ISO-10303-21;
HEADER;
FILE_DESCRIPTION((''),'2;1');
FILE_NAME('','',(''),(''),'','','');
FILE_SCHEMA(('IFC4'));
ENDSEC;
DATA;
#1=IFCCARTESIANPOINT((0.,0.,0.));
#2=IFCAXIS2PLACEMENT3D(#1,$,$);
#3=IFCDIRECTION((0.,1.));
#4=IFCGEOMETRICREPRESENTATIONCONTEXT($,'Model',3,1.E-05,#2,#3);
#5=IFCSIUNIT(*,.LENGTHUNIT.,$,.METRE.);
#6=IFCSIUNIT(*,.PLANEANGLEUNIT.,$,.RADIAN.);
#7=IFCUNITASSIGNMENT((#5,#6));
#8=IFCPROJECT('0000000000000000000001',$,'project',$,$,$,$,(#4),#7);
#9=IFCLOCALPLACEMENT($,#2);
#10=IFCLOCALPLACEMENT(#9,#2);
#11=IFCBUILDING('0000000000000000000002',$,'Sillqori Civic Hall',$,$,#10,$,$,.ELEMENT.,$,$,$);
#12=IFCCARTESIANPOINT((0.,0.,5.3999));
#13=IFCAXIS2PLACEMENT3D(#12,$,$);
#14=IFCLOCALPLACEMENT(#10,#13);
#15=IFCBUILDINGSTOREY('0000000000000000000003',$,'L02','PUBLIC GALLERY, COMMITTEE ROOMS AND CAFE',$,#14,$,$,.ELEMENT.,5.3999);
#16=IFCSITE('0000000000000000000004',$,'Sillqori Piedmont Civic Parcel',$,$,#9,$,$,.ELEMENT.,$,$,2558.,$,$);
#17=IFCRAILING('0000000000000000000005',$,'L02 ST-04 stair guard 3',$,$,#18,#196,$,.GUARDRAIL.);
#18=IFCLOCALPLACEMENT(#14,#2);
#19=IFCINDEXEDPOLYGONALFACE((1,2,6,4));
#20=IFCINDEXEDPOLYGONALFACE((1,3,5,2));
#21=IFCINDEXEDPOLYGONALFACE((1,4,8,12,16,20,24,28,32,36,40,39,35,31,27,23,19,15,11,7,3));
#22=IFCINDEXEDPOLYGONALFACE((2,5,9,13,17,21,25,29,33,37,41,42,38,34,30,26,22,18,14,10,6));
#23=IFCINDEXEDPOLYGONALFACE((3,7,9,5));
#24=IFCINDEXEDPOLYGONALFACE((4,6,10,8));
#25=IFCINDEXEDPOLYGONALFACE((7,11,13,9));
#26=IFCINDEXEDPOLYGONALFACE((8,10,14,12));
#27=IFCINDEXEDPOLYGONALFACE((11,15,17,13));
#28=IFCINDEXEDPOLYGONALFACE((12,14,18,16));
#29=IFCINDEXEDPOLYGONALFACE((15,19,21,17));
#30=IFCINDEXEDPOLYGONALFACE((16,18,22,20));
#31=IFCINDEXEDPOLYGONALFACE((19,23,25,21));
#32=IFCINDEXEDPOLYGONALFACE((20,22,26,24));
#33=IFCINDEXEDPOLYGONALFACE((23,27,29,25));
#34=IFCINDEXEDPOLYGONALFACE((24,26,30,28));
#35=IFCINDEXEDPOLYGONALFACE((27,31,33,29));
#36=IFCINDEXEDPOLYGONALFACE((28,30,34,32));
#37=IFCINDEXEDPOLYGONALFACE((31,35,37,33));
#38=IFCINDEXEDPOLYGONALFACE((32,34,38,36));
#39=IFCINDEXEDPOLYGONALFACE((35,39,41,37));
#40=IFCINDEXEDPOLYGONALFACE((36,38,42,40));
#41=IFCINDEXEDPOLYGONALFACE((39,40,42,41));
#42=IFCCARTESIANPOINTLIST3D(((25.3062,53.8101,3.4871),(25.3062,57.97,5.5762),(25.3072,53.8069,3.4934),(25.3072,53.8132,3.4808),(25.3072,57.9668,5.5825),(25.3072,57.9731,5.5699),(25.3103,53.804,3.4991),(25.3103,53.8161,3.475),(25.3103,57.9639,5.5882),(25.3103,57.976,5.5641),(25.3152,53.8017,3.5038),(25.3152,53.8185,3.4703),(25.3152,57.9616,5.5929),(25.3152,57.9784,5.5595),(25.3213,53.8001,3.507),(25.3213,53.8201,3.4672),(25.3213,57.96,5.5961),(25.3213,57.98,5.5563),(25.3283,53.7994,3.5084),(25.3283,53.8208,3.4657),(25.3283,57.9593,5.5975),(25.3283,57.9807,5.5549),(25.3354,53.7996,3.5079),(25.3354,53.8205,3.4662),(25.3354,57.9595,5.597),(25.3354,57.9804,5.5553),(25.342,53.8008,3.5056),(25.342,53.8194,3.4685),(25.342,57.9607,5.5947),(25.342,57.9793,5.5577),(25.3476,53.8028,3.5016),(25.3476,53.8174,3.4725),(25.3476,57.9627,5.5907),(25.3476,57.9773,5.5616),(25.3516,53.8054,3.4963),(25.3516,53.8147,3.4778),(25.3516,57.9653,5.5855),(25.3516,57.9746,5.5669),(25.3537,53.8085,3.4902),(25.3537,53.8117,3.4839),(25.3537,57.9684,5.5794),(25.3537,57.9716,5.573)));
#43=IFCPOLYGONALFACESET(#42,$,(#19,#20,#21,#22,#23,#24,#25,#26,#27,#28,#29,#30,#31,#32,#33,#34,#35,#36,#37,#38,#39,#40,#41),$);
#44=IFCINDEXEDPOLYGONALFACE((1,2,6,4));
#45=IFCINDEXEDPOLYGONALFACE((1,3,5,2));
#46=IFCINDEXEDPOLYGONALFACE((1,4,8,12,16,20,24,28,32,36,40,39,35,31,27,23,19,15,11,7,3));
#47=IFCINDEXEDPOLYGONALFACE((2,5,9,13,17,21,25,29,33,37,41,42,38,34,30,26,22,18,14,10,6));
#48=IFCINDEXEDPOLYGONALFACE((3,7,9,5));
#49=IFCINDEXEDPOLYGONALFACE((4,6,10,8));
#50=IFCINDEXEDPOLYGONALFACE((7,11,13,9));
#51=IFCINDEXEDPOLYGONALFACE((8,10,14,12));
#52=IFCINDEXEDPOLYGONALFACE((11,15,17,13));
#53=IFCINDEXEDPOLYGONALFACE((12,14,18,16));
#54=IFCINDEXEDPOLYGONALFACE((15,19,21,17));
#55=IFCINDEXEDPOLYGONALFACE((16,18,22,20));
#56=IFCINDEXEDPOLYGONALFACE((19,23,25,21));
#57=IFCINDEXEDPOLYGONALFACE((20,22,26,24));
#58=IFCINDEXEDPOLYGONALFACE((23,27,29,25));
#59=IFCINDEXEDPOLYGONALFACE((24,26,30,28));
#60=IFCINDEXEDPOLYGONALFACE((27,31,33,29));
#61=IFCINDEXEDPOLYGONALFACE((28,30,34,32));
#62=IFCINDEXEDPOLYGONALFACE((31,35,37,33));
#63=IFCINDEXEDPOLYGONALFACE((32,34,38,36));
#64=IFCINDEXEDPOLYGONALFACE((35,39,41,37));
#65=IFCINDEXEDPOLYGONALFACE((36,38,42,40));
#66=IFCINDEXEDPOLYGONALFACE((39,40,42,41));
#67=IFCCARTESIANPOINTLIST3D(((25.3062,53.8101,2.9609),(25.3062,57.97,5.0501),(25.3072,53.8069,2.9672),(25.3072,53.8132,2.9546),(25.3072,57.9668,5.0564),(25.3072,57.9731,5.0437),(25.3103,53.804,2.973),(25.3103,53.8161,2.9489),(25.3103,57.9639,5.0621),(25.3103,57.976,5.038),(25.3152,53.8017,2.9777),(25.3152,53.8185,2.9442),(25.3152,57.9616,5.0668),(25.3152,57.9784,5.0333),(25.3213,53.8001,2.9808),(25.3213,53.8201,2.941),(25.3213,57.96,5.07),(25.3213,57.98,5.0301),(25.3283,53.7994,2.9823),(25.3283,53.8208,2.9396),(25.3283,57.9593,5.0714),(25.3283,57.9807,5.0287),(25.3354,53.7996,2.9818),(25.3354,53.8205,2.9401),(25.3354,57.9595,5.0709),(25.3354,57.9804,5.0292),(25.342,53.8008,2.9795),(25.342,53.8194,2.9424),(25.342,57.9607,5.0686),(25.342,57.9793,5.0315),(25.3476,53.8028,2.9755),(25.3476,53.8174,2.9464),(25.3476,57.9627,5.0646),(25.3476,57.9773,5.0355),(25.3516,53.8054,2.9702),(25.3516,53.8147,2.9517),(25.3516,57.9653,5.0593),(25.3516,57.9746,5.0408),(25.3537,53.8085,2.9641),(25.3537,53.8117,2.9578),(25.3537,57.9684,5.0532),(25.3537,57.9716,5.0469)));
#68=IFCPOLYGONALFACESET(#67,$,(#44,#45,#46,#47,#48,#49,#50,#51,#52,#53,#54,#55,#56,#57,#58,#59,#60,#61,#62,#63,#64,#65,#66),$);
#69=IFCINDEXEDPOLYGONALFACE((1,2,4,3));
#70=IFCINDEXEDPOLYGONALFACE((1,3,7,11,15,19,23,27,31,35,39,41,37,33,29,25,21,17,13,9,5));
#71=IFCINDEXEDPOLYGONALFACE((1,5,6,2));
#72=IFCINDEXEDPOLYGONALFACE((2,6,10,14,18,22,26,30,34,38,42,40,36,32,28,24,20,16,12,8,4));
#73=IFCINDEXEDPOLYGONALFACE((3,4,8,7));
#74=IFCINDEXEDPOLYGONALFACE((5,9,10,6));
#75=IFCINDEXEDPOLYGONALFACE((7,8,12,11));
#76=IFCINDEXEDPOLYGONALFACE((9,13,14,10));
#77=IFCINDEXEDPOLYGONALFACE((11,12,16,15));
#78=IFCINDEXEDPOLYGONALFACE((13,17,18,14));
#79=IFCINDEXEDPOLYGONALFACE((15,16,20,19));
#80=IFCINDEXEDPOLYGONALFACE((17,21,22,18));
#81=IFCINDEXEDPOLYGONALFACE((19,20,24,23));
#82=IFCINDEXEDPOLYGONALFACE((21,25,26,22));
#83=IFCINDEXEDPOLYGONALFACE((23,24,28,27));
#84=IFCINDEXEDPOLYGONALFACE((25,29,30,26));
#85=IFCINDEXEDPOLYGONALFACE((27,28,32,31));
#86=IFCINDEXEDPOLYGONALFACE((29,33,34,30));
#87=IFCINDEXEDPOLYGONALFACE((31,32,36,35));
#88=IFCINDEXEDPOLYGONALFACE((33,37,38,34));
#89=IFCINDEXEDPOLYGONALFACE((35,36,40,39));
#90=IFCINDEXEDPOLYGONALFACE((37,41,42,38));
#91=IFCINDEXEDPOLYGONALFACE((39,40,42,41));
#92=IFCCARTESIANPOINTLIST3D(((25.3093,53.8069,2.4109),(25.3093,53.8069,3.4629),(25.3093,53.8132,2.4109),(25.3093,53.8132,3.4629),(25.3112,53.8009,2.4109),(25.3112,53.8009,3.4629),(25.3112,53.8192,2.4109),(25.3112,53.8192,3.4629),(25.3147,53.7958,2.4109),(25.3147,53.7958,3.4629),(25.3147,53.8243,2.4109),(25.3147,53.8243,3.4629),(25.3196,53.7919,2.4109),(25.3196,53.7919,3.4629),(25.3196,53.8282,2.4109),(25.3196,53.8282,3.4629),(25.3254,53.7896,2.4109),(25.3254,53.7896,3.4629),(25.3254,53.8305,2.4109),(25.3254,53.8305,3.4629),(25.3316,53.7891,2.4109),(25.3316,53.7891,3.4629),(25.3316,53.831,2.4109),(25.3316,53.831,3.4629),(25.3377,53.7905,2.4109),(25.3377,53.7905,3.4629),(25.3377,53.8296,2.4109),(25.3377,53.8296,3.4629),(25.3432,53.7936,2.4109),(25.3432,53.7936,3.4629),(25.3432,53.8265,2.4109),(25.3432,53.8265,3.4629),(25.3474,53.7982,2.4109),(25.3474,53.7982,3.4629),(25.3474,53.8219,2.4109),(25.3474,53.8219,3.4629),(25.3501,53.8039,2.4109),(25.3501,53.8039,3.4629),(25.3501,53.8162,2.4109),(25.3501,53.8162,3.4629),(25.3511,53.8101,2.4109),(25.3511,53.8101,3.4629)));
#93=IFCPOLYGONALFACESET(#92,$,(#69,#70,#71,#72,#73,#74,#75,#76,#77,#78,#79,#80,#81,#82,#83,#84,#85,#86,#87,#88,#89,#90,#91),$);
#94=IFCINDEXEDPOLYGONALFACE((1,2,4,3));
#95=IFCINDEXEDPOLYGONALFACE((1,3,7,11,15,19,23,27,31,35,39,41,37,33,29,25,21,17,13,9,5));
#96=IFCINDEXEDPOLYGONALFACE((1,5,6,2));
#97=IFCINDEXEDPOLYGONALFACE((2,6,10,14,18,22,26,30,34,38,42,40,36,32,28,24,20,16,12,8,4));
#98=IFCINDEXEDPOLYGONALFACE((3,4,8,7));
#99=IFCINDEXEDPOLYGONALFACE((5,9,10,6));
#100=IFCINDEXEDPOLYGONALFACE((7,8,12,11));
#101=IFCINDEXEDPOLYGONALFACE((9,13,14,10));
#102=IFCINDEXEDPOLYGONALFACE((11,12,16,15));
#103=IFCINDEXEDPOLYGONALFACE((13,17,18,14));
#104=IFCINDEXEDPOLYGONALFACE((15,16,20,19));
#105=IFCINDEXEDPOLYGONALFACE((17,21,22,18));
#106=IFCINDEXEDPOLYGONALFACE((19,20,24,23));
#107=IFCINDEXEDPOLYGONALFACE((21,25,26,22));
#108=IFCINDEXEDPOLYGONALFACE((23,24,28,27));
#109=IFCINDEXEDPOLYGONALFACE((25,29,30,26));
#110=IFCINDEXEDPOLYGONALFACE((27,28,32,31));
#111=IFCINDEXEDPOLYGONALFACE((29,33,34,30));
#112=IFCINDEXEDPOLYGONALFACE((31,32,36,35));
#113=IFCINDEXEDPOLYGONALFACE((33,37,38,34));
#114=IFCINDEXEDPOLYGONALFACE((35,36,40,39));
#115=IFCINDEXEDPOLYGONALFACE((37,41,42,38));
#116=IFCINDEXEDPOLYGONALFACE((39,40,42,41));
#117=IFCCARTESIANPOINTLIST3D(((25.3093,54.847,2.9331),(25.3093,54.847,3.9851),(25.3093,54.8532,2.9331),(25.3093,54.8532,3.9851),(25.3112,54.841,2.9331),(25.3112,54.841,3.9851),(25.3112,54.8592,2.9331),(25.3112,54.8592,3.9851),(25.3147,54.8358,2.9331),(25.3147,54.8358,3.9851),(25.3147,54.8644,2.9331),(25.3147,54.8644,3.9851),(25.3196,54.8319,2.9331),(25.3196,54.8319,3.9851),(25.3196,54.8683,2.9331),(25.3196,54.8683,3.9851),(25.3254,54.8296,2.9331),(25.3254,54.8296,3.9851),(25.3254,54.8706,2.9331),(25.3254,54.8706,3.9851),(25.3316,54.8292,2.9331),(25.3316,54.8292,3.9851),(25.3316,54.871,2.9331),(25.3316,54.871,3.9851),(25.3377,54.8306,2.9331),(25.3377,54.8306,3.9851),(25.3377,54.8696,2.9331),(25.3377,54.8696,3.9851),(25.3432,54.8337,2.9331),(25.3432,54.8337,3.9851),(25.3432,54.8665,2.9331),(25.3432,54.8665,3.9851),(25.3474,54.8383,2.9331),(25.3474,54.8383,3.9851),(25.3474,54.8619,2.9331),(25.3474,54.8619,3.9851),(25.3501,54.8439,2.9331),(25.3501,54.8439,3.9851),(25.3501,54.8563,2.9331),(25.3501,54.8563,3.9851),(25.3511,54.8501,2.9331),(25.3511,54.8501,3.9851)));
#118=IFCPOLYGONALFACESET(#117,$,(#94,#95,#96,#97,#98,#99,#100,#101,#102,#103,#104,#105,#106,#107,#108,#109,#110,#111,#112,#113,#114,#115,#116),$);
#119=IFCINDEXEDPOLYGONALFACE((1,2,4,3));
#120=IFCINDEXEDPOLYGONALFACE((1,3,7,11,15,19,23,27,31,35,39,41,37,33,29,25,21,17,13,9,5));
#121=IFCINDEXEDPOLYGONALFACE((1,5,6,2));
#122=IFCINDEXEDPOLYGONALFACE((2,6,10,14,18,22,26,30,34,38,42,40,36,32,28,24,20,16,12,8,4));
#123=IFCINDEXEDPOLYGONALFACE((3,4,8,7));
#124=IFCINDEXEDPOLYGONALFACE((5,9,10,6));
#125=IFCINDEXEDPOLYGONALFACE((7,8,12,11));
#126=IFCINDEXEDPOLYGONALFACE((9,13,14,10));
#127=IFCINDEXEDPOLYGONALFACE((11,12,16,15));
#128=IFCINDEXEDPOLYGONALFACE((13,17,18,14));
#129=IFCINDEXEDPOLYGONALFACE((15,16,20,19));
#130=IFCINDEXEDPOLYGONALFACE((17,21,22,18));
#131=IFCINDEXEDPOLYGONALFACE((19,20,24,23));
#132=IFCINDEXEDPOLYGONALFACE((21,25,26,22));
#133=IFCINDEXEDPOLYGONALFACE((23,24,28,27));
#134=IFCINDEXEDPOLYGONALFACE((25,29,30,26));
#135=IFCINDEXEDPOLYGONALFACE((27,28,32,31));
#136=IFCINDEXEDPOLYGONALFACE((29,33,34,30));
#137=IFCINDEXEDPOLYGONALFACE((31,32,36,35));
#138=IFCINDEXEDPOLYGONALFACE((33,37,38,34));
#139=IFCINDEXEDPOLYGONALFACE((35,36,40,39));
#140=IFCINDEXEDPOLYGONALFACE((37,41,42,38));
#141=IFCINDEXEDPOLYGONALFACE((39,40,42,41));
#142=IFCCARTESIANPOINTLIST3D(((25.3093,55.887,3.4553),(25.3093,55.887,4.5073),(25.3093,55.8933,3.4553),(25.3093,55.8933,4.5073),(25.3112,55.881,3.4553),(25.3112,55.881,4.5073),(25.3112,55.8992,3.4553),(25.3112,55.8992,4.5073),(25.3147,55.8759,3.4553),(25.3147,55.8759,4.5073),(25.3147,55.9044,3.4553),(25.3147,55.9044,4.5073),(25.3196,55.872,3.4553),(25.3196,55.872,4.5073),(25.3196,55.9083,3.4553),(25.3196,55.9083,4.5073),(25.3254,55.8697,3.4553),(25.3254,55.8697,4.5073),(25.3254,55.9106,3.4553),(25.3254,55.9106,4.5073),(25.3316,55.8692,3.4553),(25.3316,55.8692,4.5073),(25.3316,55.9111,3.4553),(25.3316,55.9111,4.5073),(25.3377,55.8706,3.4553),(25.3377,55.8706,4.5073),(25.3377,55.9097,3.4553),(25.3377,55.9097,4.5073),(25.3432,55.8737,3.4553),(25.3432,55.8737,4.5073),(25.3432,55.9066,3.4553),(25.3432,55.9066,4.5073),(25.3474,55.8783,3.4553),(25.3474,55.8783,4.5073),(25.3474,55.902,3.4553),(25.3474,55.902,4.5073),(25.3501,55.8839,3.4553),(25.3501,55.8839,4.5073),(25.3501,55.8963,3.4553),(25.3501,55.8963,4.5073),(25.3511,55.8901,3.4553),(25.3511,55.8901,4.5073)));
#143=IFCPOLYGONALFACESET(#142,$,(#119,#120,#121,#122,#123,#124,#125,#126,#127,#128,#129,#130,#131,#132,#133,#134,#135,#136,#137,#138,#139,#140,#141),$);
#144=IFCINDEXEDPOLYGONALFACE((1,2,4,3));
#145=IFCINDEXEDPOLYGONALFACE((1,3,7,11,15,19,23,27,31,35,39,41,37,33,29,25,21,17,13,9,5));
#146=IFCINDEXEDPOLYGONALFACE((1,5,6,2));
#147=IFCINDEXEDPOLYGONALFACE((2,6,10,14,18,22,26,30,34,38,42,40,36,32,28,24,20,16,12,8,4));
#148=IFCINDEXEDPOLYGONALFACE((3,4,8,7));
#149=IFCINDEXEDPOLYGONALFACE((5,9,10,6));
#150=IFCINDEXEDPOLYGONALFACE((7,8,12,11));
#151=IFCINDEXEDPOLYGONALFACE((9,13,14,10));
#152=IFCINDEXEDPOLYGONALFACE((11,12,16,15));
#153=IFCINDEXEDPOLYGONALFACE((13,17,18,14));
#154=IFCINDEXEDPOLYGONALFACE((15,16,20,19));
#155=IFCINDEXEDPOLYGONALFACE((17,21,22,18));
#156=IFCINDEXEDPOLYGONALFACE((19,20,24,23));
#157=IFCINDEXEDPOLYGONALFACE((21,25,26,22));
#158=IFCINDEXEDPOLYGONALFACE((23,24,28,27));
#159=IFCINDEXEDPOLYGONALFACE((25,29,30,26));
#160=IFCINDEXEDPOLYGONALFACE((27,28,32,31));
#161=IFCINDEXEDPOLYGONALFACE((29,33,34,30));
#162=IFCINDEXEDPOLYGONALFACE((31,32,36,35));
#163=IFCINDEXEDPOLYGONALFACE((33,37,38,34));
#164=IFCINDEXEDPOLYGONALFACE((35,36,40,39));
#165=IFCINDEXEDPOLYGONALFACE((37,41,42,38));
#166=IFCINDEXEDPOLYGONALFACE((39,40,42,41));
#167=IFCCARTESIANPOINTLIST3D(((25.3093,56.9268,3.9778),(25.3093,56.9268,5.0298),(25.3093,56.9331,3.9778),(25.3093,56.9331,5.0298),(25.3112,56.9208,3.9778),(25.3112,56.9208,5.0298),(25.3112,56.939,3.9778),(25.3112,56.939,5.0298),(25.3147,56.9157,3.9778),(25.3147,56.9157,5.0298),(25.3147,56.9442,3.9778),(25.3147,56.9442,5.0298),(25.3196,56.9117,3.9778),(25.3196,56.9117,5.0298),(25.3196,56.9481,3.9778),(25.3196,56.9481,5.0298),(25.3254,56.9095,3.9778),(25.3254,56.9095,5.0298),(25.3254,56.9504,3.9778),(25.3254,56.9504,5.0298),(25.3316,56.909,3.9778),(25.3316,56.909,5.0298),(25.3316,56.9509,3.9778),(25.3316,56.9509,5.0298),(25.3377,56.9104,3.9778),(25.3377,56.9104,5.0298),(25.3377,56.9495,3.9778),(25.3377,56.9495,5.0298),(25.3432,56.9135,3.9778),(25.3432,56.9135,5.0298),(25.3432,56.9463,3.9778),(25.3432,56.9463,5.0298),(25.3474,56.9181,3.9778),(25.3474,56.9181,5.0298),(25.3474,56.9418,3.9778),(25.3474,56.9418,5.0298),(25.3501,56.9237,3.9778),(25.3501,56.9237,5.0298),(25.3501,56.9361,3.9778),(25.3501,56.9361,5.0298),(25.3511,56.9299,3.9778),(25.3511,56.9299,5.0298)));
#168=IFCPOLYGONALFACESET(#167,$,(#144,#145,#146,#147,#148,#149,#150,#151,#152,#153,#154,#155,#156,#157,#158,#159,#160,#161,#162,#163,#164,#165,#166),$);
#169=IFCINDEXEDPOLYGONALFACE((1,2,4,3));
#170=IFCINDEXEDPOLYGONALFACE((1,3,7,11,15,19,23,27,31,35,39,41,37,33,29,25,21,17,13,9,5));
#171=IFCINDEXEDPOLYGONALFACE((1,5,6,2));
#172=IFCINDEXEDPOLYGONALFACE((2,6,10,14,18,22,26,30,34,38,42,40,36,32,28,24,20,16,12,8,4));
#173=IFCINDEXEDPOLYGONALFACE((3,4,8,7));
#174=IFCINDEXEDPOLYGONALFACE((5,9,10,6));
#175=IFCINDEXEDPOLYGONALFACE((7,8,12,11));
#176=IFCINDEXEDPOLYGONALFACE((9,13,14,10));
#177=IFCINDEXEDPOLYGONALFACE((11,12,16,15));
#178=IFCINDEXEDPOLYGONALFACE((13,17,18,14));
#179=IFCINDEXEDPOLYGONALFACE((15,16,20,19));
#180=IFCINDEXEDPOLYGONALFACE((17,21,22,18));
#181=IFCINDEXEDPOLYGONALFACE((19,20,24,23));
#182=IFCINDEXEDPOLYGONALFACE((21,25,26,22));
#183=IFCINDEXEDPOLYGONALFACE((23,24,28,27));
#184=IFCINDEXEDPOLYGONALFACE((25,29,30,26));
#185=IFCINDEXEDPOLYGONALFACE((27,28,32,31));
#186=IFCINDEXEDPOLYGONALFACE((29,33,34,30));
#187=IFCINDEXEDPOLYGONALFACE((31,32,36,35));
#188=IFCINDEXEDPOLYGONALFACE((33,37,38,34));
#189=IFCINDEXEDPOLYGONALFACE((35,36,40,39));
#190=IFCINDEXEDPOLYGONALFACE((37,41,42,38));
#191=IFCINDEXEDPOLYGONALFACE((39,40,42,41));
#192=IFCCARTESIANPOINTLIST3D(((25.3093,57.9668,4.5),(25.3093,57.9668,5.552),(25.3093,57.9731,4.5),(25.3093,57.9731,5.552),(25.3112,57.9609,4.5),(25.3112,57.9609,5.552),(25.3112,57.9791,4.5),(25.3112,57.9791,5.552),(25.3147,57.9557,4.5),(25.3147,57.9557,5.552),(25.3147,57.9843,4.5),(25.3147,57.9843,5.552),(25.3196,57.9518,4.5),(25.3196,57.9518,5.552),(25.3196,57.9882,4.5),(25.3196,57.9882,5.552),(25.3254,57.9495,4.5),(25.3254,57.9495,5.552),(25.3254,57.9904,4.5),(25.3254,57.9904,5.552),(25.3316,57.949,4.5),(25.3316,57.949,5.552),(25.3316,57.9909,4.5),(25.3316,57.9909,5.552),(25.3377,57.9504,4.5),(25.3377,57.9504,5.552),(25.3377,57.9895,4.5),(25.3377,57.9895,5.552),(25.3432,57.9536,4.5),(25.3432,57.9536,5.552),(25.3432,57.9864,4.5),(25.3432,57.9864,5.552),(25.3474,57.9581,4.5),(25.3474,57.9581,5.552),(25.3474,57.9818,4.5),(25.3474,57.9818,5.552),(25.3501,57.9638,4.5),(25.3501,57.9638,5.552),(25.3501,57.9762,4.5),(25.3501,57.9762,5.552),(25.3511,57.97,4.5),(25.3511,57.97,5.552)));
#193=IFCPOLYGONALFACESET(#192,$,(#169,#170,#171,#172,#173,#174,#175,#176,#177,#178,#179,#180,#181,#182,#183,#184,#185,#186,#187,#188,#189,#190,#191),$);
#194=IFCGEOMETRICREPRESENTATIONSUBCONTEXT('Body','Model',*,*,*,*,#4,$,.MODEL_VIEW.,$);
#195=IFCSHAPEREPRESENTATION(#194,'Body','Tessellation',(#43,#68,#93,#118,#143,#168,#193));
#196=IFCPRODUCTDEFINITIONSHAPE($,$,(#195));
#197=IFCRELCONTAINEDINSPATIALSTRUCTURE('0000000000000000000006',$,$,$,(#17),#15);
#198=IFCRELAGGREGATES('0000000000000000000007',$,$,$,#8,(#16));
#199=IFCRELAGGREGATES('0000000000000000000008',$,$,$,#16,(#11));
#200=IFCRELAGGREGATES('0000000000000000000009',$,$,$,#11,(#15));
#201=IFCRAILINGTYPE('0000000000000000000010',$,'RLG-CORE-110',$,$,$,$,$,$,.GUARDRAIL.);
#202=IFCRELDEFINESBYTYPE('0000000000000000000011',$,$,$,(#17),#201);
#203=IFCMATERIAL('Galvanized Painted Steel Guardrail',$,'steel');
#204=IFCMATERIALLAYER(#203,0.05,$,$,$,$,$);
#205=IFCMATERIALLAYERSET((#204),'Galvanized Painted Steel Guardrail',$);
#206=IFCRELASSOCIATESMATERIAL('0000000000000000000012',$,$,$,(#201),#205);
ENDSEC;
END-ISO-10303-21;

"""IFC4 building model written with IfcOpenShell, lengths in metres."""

from ifc_helpers import new_model, si_unit, direction, frame, origin, origin_2d, place, context, subcontext, project, spatial, circle, extrude, material, layer, layer_set, type_object, element, save


model = new_model("IFC4")

# Units and contexts
model_context = context("Model", 3, precision=1e-05, world=origin(), true_north=direction((0.0, 1.0)))
body_context = subcontext(model_context, "Body", "Model", "MODEL_VIEW")
ifc_project = project(units=[si_unit("LENGTHUNIT", "METRE"), si_unit("PLANEANGLEUNIT", "RADIAN")], contexts=[model_context])

# Site, building, storey
site_placement = place(None, origin())
site = spatial("IfcSite", under=ifc_project, at=site_placement, Name="Sillqori Piedmont Civic Parcel", CompositionType="ELEMENT", RefElevation=2558.0)
building_placement = place(site_placement, origin())
building = spatial("IfcBuilding", under=site, at=building_placement, Name="Sillqori Civic Hall", CompositionType="ELEMENT")
storey_placement = place(building_placement, frame((0.0, 0.0, 5.3999)))
storey = spatial("IfcBuildingStorey", under=building, at=storey_placement, Name="L02", Description="PUBLIC GALLERY, COMMITTEE ROOMS AND CAFE", CompositionType="ELEMENT", Elevation=5.3999)

# Railing
ifc_material_1 = material(Name="Galvanized Painted Steel Guardrail", Category="steel")
ifc_layer_1 = layer(ifc_material_1, 0.05)
ifc_layer_set_1 = layer_set([ifc_layer_1], Name="Galvanized Painted Steel Guardrail")
railing_type = type_object("IfcRailingType", Name="RLG-CORE-110", PredefinedType="GUARDRAIL", material=ifc_layer_set_1)
railing_1_placement = place(storey_placement, frame((25.3301, 53.8101, 2.4109)))
element("IfcRailing", 1, at=railing_1_placement, inside=storey, type_object=railing_type, Name="L02 ST-04 stair guard 3", PredefinedType="GUARDRAIL", context=body_context, shape_type="SweptSolid", body=[
    extrude(circle(Radius=0.0239, at=origin_2d()), frame((0.0, 0.0, 1.0762), z_axis=(0.0, 0.893639, 0.448786), x_axis=(-1.0, 0.0, 0.0)), (0.0, 0.0, 1.0), 4.655),
    extrude(circle(Radius=0.0239, at=origin_2d()), frame((0.0, 0.0, 0.55), z_axis=(0.0, 0.893639, 0.448786), x_axis=(-1.0, 0.0, 0.0)), (0.0, 0.0, 1.0), 4.655),
    extrude(circle(Radius=0.021, at=origin_2d()), origin(), (0.0, 0.0, 1.0), 1.052),
    extrude(circle(Radius=0.021, at=origin_2d()), frame((0.0, 1.04, 0.5222)), (0.0, 0.0, 1.0), 1.052),
    extrude(circle(Radius=0.021, at=origin_2d()), frame((0.0, 2.0801, 1.0444)), (0.0, 0.0, 1.0), 1.052),
    extrude(circle(Radius=0.021, at=origin_2d()), frame((0.0, 3.1199, 1.5669)), (0.0, 0.0, 1.0), 1.052),
    extrude(circle(Radius=0.021, at=origin_2d()), frame((0.0, 4.1599, 2.0891)), (0.0, 0.0, 1.0), 1.052),
])

save(model, "model.ifc")
